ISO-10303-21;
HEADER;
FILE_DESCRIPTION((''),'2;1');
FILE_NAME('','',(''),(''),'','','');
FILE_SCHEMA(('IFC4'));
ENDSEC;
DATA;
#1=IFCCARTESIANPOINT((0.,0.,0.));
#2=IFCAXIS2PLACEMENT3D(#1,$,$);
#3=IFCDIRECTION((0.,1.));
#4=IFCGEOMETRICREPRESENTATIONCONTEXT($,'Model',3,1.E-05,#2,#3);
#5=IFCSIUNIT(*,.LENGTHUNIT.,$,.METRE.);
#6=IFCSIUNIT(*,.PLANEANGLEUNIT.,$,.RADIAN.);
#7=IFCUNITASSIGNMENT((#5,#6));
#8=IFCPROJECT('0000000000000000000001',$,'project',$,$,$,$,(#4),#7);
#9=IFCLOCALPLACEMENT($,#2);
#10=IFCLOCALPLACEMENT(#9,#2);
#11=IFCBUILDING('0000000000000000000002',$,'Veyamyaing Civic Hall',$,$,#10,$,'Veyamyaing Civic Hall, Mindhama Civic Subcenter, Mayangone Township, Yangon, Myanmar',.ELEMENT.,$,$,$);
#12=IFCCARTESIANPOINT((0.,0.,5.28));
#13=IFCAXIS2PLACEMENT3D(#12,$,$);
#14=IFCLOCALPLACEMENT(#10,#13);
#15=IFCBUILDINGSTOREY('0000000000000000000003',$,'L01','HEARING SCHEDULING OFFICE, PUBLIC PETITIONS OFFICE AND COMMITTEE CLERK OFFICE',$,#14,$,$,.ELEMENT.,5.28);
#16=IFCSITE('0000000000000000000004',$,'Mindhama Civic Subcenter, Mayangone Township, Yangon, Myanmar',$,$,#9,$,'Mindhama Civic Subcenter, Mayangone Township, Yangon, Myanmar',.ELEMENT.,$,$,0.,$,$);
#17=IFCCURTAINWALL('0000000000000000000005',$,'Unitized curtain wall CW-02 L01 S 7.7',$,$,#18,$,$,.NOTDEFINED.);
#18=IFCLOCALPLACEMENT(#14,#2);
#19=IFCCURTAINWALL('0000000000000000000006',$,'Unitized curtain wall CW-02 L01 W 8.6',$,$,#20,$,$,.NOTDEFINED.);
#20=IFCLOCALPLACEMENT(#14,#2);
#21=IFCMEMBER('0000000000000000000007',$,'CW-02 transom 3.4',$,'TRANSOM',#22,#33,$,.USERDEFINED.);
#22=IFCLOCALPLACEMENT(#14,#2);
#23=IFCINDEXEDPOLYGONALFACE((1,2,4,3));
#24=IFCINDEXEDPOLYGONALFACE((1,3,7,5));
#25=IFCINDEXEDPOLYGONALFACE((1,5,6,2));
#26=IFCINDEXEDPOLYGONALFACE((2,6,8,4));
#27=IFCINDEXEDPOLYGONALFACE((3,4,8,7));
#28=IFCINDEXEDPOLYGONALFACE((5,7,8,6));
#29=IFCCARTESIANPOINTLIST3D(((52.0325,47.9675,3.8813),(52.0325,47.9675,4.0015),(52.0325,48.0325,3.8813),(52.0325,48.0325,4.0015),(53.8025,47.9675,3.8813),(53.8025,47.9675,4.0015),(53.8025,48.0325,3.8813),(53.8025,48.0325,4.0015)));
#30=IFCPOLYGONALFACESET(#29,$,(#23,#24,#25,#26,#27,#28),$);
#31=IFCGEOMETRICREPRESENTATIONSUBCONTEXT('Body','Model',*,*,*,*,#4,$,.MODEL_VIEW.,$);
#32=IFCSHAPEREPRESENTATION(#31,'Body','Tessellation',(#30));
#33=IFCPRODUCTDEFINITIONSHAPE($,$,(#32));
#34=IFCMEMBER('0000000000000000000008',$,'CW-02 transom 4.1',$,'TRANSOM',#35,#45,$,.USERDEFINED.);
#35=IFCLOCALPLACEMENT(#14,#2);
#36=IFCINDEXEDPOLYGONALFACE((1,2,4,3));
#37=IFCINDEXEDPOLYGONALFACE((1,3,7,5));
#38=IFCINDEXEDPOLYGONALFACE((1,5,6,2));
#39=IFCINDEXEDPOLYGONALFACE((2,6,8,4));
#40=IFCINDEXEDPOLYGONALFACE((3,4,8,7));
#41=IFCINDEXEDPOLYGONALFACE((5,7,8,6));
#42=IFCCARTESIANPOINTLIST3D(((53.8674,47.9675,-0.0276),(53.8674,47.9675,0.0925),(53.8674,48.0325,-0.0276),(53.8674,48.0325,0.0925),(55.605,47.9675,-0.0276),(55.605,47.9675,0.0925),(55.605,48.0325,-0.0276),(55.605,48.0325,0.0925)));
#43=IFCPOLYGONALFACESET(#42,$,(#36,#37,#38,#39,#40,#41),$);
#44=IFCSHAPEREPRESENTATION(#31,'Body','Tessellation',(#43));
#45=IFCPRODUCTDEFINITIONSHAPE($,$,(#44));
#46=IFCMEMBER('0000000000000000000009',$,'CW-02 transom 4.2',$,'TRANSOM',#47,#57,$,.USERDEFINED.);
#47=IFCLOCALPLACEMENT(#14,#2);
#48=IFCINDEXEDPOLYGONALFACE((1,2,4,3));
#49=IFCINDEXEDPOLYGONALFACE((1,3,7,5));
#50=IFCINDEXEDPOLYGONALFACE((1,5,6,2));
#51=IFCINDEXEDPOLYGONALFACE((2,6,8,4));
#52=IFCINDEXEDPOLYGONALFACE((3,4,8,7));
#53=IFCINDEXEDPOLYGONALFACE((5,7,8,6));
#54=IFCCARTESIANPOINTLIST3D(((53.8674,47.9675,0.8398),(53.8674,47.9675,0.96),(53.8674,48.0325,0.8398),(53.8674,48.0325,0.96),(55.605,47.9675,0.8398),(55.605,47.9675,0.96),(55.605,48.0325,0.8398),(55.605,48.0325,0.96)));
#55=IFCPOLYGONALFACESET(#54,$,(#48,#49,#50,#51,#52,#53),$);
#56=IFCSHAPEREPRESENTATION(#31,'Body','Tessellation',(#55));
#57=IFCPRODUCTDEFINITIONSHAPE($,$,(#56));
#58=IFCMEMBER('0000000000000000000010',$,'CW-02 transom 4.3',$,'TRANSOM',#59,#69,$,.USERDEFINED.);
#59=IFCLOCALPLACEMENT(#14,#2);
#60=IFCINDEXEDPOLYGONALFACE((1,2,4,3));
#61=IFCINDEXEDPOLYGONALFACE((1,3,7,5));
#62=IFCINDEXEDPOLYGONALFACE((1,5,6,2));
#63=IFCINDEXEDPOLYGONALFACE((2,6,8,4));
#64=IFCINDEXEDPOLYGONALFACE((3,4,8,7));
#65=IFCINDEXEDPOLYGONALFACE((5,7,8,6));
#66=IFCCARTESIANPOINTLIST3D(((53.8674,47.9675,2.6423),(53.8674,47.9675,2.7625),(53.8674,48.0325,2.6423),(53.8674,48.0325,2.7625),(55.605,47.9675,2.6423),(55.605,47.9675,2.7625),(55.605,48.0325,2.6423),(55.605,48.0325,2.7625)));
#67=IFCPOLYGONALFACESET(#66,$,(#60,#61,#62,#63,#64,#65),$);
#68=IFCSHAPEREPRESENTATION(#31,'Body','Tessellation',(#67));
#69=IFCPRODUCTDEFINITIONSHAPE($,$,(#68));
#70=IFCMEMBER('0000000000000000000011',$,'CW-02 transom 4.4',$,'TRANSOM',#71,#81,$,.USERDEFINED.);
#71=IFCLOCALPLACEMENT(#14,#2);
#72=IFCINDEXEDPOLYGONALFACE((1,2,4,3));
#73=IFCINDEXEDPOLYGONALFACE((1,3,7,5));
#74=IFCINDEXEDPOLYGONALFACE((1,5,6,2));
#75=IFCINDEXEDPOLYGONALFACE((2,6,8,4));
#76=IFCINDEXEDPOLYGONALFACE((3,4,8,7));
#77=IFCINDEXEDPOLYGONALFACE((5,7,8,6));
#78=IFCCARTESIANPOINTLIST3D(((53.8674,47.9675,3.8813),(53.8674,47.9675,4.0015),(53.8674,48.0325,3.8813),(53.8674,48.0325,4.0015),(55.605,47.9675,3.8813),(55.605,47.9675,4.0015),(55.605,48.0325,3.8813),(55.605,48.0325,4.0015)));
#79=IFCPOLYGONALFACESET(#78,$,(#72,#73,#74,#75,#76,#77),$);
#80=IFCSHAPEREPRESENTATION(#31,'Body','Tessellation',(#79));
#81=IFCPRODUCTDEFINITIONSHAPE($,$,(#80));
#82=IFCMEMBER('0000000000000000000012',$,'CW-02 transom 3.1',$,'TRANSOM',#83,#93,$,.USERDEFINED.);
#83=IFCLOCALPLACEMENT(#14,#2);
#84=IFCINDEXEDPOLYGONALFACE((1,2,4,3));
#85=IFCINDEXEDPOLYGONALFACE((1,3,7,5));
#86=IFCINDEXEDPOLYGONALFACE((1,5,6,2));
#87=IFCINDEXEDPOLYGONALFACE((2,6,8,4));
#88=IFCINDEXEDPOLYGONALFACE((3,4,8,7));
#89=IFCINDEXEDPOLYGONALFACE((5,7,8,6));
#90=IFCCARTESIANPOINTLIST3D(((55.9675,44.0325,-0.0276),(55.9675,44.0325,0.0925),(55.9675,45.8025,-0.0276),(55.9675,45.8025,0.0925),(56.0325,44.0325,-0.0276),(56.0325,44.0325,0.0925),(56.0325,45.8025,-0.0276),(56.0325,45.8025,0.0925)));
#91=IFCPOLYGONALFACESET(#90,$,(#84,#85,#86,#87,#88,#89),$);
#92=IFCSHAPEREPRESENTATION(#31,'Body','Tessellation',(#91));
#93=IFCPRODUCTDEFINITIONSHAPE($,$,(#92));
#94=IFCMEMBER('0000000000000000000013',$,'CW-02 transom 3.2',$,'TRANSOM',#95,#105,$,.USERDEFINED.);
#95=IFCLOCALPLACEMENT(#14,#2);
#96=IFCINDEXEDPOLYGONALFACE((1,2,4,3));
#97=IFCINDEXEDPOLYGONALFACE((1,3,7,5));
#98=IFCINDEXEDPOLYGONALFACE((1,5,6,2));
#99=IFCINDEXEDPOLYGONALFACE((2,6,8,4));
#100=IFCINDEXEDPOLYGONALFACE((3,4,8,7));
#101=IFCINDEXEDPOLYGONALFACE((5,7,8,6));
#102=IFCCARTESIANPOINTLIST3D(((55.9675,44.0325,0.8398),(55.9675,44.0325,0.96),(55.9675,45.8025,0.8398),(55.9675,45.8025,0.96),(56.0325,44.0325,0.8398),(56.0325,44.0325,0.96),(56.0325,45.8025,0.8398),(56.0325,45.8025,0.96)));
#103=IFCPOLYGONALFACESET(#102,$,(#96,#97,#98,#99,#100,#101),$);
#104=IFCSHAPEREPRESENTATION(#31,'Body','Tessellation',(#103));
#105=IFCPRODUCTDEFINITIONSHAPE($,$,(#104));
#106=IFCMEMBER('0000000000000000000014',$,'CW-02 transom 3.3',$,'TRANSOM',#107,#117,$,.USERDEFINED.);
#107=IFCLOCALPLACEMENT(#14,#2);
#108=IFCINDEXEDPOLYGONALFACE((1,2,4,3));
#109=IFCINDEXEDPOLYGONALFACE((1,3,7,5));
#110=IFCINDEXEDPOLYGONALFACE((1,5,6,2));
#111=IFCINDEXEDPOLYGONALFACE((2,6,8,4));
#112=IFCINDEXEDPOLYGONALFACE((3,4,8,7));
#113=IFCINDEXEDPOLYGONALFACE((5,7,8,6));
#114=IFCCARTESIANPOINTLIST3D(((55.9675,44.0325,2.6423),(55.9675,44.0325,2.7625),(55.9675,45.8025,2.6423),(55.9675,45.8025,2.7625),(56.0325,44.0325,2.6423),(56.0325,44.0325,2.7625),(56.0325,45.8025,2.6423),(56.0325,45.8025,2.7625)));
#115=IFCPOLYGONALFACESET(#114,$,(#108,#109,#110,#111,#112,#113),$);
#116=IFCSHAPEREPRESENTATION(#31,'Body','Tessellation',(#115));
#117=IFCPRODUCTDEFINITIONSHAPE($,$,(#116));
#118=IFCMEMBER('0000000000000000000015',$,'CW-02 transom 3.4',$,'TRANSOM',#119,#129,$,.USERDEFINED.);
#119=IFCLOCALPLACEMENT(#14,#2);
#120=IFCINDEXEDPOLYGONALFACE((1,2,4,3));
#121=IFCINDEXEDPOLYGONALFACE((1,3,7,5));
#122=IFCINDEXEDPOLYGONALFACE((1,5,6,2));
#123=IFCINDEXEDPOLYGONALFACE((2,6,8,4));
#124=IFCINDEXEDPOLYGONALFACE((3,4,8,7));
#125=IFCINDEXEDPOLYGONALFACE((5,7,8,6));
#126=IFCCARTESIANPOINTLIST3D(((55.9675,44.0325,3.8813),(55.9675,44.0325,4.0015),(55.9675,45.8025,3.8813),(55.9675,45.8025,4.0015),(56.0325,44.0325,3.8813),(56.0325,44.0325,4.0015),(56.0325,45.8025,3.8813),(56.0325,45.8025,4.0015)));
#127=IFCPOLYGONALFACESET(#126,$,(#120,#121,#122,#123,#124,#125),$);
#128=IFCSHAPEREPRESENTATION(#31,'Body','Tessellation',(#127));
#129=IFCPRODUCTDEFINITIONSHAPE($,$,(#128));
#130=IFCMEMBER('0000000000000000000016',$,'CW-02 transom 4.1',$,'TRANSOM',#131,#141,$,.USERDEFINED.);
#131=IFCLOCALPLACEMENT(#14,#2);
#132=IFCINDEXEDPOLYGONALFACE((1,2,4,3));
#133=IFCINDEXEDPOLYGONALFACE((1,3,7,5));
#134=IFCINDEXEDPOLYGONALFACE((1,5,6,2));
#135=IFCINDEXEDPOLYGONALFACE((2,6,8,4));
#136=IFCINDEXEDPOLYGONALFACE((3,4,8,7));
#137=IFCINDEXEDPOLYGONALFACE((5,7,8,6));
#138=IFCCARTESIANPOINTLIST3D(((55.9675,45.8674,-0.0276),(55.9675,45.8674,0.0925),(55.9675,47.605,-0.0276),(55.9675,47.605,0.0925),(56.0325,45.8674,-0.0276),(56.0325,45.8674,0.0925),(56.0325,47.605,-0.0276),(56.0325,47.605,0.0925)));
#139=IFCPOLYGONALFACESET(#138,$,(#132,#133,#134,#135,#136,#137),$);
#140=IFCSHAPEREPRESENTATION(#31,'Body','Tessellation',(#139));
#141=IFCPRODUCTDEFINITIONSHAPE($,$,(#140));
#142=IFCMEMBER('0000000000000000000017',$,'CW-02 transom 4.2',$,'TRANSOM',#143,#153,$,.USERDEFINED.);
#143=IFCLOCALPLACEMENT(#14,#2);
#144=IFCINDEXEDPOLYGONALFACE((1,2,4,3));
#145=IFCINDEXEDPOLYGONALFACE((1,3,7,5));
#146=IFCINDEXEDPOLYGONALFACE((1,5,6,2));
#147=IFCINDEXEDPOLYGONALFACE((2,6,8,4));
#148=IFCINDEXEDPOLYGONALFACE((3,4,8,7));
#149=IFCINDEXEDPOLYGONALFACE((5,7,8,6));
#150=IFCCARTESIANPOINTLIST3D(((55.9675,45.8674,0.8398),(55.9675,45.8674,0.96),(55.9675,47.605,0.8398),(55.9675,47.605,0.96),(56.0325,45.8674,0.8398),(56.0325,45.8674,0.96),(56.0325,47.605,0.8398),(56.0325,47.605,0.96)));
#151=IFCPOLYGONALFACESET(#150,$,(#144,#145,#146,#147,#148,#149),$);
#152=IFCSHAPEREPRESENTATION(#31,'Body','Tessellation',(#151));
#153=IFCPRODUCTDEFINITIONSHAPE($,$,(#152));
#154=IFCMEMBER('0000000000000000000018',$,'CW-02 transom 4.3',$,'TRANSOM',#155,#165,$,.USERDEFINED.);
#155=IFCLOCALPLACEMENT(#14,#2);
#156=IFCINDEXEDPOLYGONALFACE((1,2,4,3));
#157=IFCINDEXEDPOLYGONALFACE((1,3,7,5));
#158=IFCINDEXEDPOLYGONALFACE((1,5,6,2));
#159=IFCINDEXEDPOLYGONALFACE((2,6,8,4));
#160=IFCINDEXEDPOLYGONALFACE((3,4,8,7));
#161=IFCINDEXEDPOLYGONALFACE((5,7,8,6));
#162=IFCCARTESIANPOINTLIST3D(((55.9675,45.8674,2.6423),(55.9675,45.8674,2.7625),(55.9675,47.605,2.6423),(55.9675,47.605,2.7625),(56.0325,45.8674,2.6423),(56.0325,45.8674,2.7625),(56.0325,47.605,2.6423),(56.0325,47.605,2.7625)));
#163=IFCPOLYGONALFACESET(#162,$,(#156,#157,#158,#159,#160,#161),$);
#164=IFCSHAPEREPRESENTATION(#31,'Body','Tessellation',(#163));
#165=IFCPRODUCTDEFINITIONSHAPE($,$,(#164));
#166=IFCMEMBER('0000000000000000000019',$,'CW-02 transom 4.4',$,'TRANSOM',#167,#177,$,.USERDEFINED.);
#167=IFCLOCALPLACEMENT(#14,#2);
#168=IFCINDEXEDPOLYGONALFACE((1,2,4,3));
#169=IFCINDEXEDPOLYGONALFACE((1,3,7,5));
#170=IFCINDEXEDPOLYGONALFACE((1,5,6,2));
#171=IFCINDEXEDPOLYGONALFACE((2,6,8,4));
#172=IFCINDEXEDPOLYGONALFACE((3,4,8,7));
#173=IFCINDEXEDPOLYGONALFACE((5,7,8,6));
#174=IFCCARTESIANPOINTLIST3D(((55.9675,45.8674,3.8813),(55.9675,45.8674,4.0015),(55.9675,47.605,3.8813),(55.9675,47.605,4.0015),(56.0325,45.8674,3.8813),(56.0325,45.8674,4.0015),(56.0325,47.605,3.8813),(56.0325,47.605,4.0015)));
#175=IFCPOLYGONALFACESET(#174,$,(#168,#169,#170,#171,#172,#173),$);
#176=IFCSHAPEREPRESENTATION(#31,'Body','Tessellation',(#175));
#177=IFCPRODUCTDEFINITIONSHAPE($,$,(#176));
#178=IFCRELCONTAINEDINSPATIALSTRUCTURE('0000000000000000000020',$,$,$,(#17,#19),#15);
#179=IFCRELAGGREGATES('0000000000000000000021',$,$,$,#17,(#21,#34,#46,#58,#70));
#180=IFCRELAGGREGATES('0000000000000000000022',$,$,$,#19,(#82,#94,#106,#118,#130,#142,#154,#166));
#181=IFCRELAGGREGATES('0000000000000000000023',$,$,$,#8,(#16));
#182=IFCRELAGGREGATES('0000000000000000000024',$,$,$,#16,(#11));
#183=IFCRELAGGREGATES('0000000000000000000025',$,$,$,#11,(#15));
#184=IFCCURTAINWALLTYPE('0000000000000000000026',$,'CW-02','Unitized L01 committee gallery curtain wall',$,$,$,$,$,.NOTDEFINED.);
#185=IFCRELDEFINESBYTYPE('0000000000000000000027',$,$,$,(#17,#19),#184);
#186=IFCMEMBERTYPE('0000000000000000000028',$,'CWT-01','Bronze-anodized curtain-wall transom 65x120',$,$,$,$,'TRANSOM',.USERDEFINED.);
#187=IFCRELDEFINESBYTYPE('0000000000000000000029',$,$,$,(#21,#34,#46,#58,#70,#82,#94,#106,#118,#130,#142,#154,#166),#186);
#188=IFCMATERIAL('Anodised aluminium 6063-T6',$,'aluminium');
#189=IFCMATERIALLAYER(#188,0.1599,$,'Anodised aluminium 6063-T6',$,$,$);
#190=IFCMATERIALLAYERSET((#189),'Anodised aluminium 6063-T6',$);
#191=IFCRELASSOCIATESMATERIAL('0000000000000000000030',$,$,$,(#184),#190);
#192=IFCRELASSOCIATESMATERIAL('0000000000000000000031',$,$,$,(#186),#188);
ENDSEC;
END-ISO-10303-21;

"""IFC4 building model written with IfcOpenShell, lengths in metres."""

from ifc_helpers import new_model, si_unit, direction, frame, origin, origin_2d, place, context, subcontext, project, spatial, rectangle, extrude, material, layer, layer_set, material_profile, profile_set, type_object, element, aggregate, save


model = new_model("IFC4")

# Units and contexts
model_context = context("Model", 3, precision=1e-05, world=origin(), true_north=direction((0.0, 1.0)))
body_context = subcontext(model_context, "Body", "Model", "MODEL_VIEW")
ifc_project = project(units=[si_unit("LENGTHUNIT", "METRE"), si_unit("PLANEANGLEUNIT", "RADIAN")], contexts=[model_context])

# Site, building, storey
site_placement = place(None, origin())
site = spatial("IfcSite", under=ifc_project, at=site_placement, Name="Mindhama Civic Subcenter, Mayangone Township, Yangon, Myanmar", LongName="Mindhama Civic Subcenter, Mayangone Township, Yangon, Myanmar", CompositionType="ELEMENT", RefElevation=0.0)
building_placement = place(site_placement, origin())
building = spatial("IfcBuilding", under=site, at=building_placement, Name="Veyamyaing Civic Hall", LongName="Veyamyaing Civic Hall, Mindhama Civic Subcenter, Mayangone Township, Yangon, Myanmar", CompositionType="ELEMENT")
storey_placement = place(building_placement, frame((0.0, 0.0, 5.28)))
storey = spatial("IfcBuildingStorey", under=building, at=storey_placement, Name="L01", Description="HEARING SCHEDULING OFFICE, PUBLIC PETITIONS OFFICE AND COMMITTEE CLERK OFFICE", CompositionType="ELEMENT", Elevation=5.28)

# Curtain walls
ifc_material_1 = material(Name="Anodised aluminium 6063-T6", Category="aluminium")
ifc_layer_1 = layer(ifc_material_1, 0.1599, Name="Anodised aluminium 6063-T6")
ifc_layer_set_1 = layer_set([ifc_layer_1], Name="Anodised aluminium 6063-T6")
curtain_wall_type = type_object("IfcCurtainWallType", Name="CW-02", Description="Unitized L01 committee gallery curtain wall", PredefinedType="NOTDEFINED", material=ifc_layer_set_1)
curtain_wall_1_placement = place(storey_placement, origin())
curtain_wall_1 = element("IfcCurtainWall", 1, at=curtain_wall_1_placement, inside=storey, type_object=curtain_wall_type, Name="Unitized curtain wall CW-02 L01 S 7.7", PredefinedType="NOTDEFINED")
curtain_wall_2_placement = place(storey_placement, origin())
curtain_wall_2 = element("IfcCurtainWall", 2, at=curtain_wall_2_placement, inside=storey, type_object=curtain_wall_type, Name="Unitized curtain wall CW-02 L01 W 8.6", PredefinedType="NOTDEFINED")

# Members
ifc_material_profile_1 = material_profile(ifc_material_1, rectangle(XDim=0.0649, YDim=0.1201, at=origin_2d()), Name="ALU-TRN-65X120")
ifc_profile_set_1 = profile_set([ifc_material_profile_1], Name="Anodised aluminium 6063-T6")
member_type_1 = type_object("IfcMemberType", Name="CWT-01", Description="Bronze-anodized curtain-wall transom 65x120", ElementType="TRANSOM", PredefinedType="USERDEFINED", material=ifc_profile_set_1)
member_1_placement = place(storey_placement, frame((52.0325, 48.0, 3.9414), z_axis=(1.0, 0.0, 0.0), x_axis=(0.0, 1.0, 0.0)))
member_1 = element("IfcMember", 3, at=member_1_placement, type_object=member_type_1, Name="CW-02 transom 3.4", ObjectType="TRANSOM", PredefinedType="USERDEFINED", context=body_context, shape_type="SweptSolid", body=[
    extrude(rectangle(XDim=0.0649, YDim=0.1201, at=origin_2d()), origin(), (0.0, 0.0, 1.0), 1.77),
])
member_2_placement = place(storey_placement, frame((53.8674, 48.0, 0.0325), z_axis=(1.0, 0.0, 0.0), x_axis=(0.0, 1.0, 0.0)))
member_2 = element("IfcMember", 4, at=member_2_placement, type_object=member_type_1, Name="CW-02 transom 4.1", ObjectType="TRANSOM", PredefinedType="USERDEFINED", context=body_context, shape_type="SweptSolid", body=[
    extrude(rectangle(XDim=0.0649, YDim=0.1201, at=origin_2d()), origin(), (0.0, 0.0, 1.0), 1.7375),
])
member_3_placement = place(storey_placement, frame((53.8674, 48.0, 0.8999), z_axis=(1.0, 0.0, 0.0), x_axis=(0.0, 1.0, 0.0)))
member_3 = element("IfcMember", 5, at=member_3_placement, type_object=member_type_1, Name="CW-02 transom 4.2", ObjectType="TRANSOM", PredefinedType="USERDEFINED", context=body_context, shape_type="SweptSolid", body=[
    extrude(rectangle(XDim=0.0649, YDim=0.1201, at=origin_2d()), origin(), (0.0, 0.0, 1.0), 1.7375),
])
member_4_placement = place(storey_placement, frame((53.8674, 48.0, 2.7024), z_axis=(1.0, 0.0, 0.0), x_axis=(0.0, 1.0, 0.0)))
member_4 = element("IfcMember", 6, at=member_4_placement, type_object=member_type_1, Name="CW-02 transom 4.3", ObjectType="TRANSOM", PredefinedType="USERDEFINED", context=body_context, shape_type="SweptSolid", body=[
    extrude(rectangle(XDim=0.0649, YDim=0.1201, at=origin_2d()), origin(), (0.0, 0.0, 1.0), 1.7375),
])
member_5_placement = place(storey_placement, frame((53.8674, 48.0, 3.9414), z_axis=(1.0, 0.0, 0.0), x_axis=(0.0, 1.0, 0.0)))
member_5 = element("IfcMember", 7, at=member_5_placement, type_object=member_type_1, Name="CW-02 transom 4.4", ObjectType="TRANSOM", PredefinedType="USERDEFINED", context=body_context, shape_type="SweptSolid", body=[
    extrude(rectangle(XDim=0.0649, YDim=0.1201, at=origin_2d()), origin(), (0.0, 0.0, 1.0), 1.7375),
])
member_6_placement = place(storey_placement, frame((56.0, 44.0325, 0.0325), z_axis=(0.0, 1.0, 0.0), x_axis=(-1.0, 0.0, 0.0)))
member_6 = element("IfcMember", 8, at=member_6_placement, type_object=member_type_1, Name="CW-02 transom 3.1", ObjectType="TRANSOM", PredefinedType="USERDEFINED", context=body_context, shape_type="SweptSolid", body=[
    extrude(rectangle(XDim=0.0649, YDim=0.1201, at=origin_2d()), origin(), (0.0, 0.0, 1.0), 1.77),
])
member_7_placement = place(storey_placement, frame((56.0, 44.0325, 0.8999), z_axis=(0.0, 1.0, 0.0), x_axis=(-1.0, 0.0, 0.0)))
member_7 = element("IfcMember", 9, at=member_7_placement, type_object=member_type_1, Name="CW-02 transom 3.2", ObjectType="TRANSOM", PredefinedType="USERDEFINED", context=body_context, shape_type="SweptSolid", body=[
    extrude(rectangle(XDim=0.0649, YDim=0.1201, at=origin_2d()), origin(), (0.0, 0.0, 1.0), 1.77),
])
member_8_placement = place(storey_placement, frame((56.0, 44.0325, 2.7024), z_axis=(0.0, 1.0, 0.0), x_axis=(-1.0, 0.0, 0.0)))
member_8 = element("IfcMember", 10, at=member_8_placement, type_object=member_type_1, Name="CW-02 transom 3.3", ObjectType="TRANSOM", PredefinedType="USERDEFINED", context=body_context, shape_type="SweptSolid", body=[
    extrude(rectangle(XDim=0.0649, YDim=0.1201, at=origin_2d()), origin(), (0.0, 0.0, 1.0), 1.77),
])
member_9_placement = place(storey_placement, frame((56.0, 44.0325, 3.9414), z_axis=(0.0, 1.0, 0.0), x_axis=(-1.0, 0.0, 0.0)))
member_9 = element("IfcMember", 11, at=member_9_placement, type_object=member_type_1, Name="CW-02 transom 3.4", ObjectType="TRANSOM", PredefinedType="USERDEFINED", context=body_context, shape_type="SweptSolid", body=[
    extrude(rectangle(XDim=0.0649, YDim=0.1201, at=origin_2d()), origin(), (0.0, 0.0, 1.0), 1.77),
])
member_10_placement = place(storey_placement, frame((56.0, 45.8674, 0.0325), z_axis=(0.0, 1.0, 0.0), x_axis=(-1.0, 0.0, 0.0)))
member_10 = element("IfcMember", 12, at=member_10_placement, type_object=member_type_1, Name="CW-02 transom 4.1", ObjectType="TRANSOM", PredefinedType="USERDEFINED", context=body_context, shape_type="SweptSolid", body=[
    extrude(rectangle(XDim=0.0649, YDim=0.1201, at=origin_2d()), origin(), (0.0, 0.0, 1.0), 1.7375),
])
member_11_placement = place(storey_placement, frame((56.0, 45.8674, 0.8999), z_axis=(0.0, 1.0, 0.0), x_axis=(-1.0, 0.0, 0.0)))
member_11 = element("IfcMember", 13, at=member_11_placement, type_object=member_type_1, Name="CW-02 transom 4.2", ObjectType="TRANSOM", PredefinedType="USERDEFINED", context=body_context, shape_type="SweptSolid", body=[
    extrude(rectangle(XDim=0.0649, YDim=0.1201, at=origin_2d()), origin(), (0.0, 0.0, 1.0), 1.7375),
])
member_12_placement = place(storey_placement, frame((56.0, 45.8674, 2.7024), z_axis=(0.0, 1.0, 0.0), x_axis=(-1.0, 0.0, 0.0)))
member_12 = element("IfcMember", 14, at=member_12_placement, type_object=member_type_1, Name="CW-02 transom 4.3", ObjectType="TRANSOM", PredefinedType="USERDEFINED", context=body_context, shape_type="SweptSolid", body=[
    extrude(rectangle(XDim=0.0649, YDim=0.1201, at=origin_2d()), origin(), (0.0, 0.0, 1.0), 1.7375),
])
member_13_placement = place(storey_placement, frame((56.0, 45.8674, 3.9414), z_axis=(0.0, 1.0, 0.0), x_axis=(-1.0, 0.0, 0.0)))
member_13 = element("IfcMember", 15, at=member_13_placement, type_object=member_type_1, Name="CW-02 transom 4.4", ObjectType="TRANSOM", PredefinedType="USERDEFINED", context=body_context, shape_type="SweptSolid", body=[
    extrude(rectangle(XDim=0.0649, YDim=0.1201, at=origin_2d()), origin(), (0.0, 0.0, 1.0), 1.7375),
])

aggregate(curtain_wall_1, [member_1, member_2, member_3, member_4, member_5])
aggregate(curtain_wall_2, [member_6, member_7, member_8, member_9, member_10, member_11, member_12, member_13])

save(model, "model.ifc")
